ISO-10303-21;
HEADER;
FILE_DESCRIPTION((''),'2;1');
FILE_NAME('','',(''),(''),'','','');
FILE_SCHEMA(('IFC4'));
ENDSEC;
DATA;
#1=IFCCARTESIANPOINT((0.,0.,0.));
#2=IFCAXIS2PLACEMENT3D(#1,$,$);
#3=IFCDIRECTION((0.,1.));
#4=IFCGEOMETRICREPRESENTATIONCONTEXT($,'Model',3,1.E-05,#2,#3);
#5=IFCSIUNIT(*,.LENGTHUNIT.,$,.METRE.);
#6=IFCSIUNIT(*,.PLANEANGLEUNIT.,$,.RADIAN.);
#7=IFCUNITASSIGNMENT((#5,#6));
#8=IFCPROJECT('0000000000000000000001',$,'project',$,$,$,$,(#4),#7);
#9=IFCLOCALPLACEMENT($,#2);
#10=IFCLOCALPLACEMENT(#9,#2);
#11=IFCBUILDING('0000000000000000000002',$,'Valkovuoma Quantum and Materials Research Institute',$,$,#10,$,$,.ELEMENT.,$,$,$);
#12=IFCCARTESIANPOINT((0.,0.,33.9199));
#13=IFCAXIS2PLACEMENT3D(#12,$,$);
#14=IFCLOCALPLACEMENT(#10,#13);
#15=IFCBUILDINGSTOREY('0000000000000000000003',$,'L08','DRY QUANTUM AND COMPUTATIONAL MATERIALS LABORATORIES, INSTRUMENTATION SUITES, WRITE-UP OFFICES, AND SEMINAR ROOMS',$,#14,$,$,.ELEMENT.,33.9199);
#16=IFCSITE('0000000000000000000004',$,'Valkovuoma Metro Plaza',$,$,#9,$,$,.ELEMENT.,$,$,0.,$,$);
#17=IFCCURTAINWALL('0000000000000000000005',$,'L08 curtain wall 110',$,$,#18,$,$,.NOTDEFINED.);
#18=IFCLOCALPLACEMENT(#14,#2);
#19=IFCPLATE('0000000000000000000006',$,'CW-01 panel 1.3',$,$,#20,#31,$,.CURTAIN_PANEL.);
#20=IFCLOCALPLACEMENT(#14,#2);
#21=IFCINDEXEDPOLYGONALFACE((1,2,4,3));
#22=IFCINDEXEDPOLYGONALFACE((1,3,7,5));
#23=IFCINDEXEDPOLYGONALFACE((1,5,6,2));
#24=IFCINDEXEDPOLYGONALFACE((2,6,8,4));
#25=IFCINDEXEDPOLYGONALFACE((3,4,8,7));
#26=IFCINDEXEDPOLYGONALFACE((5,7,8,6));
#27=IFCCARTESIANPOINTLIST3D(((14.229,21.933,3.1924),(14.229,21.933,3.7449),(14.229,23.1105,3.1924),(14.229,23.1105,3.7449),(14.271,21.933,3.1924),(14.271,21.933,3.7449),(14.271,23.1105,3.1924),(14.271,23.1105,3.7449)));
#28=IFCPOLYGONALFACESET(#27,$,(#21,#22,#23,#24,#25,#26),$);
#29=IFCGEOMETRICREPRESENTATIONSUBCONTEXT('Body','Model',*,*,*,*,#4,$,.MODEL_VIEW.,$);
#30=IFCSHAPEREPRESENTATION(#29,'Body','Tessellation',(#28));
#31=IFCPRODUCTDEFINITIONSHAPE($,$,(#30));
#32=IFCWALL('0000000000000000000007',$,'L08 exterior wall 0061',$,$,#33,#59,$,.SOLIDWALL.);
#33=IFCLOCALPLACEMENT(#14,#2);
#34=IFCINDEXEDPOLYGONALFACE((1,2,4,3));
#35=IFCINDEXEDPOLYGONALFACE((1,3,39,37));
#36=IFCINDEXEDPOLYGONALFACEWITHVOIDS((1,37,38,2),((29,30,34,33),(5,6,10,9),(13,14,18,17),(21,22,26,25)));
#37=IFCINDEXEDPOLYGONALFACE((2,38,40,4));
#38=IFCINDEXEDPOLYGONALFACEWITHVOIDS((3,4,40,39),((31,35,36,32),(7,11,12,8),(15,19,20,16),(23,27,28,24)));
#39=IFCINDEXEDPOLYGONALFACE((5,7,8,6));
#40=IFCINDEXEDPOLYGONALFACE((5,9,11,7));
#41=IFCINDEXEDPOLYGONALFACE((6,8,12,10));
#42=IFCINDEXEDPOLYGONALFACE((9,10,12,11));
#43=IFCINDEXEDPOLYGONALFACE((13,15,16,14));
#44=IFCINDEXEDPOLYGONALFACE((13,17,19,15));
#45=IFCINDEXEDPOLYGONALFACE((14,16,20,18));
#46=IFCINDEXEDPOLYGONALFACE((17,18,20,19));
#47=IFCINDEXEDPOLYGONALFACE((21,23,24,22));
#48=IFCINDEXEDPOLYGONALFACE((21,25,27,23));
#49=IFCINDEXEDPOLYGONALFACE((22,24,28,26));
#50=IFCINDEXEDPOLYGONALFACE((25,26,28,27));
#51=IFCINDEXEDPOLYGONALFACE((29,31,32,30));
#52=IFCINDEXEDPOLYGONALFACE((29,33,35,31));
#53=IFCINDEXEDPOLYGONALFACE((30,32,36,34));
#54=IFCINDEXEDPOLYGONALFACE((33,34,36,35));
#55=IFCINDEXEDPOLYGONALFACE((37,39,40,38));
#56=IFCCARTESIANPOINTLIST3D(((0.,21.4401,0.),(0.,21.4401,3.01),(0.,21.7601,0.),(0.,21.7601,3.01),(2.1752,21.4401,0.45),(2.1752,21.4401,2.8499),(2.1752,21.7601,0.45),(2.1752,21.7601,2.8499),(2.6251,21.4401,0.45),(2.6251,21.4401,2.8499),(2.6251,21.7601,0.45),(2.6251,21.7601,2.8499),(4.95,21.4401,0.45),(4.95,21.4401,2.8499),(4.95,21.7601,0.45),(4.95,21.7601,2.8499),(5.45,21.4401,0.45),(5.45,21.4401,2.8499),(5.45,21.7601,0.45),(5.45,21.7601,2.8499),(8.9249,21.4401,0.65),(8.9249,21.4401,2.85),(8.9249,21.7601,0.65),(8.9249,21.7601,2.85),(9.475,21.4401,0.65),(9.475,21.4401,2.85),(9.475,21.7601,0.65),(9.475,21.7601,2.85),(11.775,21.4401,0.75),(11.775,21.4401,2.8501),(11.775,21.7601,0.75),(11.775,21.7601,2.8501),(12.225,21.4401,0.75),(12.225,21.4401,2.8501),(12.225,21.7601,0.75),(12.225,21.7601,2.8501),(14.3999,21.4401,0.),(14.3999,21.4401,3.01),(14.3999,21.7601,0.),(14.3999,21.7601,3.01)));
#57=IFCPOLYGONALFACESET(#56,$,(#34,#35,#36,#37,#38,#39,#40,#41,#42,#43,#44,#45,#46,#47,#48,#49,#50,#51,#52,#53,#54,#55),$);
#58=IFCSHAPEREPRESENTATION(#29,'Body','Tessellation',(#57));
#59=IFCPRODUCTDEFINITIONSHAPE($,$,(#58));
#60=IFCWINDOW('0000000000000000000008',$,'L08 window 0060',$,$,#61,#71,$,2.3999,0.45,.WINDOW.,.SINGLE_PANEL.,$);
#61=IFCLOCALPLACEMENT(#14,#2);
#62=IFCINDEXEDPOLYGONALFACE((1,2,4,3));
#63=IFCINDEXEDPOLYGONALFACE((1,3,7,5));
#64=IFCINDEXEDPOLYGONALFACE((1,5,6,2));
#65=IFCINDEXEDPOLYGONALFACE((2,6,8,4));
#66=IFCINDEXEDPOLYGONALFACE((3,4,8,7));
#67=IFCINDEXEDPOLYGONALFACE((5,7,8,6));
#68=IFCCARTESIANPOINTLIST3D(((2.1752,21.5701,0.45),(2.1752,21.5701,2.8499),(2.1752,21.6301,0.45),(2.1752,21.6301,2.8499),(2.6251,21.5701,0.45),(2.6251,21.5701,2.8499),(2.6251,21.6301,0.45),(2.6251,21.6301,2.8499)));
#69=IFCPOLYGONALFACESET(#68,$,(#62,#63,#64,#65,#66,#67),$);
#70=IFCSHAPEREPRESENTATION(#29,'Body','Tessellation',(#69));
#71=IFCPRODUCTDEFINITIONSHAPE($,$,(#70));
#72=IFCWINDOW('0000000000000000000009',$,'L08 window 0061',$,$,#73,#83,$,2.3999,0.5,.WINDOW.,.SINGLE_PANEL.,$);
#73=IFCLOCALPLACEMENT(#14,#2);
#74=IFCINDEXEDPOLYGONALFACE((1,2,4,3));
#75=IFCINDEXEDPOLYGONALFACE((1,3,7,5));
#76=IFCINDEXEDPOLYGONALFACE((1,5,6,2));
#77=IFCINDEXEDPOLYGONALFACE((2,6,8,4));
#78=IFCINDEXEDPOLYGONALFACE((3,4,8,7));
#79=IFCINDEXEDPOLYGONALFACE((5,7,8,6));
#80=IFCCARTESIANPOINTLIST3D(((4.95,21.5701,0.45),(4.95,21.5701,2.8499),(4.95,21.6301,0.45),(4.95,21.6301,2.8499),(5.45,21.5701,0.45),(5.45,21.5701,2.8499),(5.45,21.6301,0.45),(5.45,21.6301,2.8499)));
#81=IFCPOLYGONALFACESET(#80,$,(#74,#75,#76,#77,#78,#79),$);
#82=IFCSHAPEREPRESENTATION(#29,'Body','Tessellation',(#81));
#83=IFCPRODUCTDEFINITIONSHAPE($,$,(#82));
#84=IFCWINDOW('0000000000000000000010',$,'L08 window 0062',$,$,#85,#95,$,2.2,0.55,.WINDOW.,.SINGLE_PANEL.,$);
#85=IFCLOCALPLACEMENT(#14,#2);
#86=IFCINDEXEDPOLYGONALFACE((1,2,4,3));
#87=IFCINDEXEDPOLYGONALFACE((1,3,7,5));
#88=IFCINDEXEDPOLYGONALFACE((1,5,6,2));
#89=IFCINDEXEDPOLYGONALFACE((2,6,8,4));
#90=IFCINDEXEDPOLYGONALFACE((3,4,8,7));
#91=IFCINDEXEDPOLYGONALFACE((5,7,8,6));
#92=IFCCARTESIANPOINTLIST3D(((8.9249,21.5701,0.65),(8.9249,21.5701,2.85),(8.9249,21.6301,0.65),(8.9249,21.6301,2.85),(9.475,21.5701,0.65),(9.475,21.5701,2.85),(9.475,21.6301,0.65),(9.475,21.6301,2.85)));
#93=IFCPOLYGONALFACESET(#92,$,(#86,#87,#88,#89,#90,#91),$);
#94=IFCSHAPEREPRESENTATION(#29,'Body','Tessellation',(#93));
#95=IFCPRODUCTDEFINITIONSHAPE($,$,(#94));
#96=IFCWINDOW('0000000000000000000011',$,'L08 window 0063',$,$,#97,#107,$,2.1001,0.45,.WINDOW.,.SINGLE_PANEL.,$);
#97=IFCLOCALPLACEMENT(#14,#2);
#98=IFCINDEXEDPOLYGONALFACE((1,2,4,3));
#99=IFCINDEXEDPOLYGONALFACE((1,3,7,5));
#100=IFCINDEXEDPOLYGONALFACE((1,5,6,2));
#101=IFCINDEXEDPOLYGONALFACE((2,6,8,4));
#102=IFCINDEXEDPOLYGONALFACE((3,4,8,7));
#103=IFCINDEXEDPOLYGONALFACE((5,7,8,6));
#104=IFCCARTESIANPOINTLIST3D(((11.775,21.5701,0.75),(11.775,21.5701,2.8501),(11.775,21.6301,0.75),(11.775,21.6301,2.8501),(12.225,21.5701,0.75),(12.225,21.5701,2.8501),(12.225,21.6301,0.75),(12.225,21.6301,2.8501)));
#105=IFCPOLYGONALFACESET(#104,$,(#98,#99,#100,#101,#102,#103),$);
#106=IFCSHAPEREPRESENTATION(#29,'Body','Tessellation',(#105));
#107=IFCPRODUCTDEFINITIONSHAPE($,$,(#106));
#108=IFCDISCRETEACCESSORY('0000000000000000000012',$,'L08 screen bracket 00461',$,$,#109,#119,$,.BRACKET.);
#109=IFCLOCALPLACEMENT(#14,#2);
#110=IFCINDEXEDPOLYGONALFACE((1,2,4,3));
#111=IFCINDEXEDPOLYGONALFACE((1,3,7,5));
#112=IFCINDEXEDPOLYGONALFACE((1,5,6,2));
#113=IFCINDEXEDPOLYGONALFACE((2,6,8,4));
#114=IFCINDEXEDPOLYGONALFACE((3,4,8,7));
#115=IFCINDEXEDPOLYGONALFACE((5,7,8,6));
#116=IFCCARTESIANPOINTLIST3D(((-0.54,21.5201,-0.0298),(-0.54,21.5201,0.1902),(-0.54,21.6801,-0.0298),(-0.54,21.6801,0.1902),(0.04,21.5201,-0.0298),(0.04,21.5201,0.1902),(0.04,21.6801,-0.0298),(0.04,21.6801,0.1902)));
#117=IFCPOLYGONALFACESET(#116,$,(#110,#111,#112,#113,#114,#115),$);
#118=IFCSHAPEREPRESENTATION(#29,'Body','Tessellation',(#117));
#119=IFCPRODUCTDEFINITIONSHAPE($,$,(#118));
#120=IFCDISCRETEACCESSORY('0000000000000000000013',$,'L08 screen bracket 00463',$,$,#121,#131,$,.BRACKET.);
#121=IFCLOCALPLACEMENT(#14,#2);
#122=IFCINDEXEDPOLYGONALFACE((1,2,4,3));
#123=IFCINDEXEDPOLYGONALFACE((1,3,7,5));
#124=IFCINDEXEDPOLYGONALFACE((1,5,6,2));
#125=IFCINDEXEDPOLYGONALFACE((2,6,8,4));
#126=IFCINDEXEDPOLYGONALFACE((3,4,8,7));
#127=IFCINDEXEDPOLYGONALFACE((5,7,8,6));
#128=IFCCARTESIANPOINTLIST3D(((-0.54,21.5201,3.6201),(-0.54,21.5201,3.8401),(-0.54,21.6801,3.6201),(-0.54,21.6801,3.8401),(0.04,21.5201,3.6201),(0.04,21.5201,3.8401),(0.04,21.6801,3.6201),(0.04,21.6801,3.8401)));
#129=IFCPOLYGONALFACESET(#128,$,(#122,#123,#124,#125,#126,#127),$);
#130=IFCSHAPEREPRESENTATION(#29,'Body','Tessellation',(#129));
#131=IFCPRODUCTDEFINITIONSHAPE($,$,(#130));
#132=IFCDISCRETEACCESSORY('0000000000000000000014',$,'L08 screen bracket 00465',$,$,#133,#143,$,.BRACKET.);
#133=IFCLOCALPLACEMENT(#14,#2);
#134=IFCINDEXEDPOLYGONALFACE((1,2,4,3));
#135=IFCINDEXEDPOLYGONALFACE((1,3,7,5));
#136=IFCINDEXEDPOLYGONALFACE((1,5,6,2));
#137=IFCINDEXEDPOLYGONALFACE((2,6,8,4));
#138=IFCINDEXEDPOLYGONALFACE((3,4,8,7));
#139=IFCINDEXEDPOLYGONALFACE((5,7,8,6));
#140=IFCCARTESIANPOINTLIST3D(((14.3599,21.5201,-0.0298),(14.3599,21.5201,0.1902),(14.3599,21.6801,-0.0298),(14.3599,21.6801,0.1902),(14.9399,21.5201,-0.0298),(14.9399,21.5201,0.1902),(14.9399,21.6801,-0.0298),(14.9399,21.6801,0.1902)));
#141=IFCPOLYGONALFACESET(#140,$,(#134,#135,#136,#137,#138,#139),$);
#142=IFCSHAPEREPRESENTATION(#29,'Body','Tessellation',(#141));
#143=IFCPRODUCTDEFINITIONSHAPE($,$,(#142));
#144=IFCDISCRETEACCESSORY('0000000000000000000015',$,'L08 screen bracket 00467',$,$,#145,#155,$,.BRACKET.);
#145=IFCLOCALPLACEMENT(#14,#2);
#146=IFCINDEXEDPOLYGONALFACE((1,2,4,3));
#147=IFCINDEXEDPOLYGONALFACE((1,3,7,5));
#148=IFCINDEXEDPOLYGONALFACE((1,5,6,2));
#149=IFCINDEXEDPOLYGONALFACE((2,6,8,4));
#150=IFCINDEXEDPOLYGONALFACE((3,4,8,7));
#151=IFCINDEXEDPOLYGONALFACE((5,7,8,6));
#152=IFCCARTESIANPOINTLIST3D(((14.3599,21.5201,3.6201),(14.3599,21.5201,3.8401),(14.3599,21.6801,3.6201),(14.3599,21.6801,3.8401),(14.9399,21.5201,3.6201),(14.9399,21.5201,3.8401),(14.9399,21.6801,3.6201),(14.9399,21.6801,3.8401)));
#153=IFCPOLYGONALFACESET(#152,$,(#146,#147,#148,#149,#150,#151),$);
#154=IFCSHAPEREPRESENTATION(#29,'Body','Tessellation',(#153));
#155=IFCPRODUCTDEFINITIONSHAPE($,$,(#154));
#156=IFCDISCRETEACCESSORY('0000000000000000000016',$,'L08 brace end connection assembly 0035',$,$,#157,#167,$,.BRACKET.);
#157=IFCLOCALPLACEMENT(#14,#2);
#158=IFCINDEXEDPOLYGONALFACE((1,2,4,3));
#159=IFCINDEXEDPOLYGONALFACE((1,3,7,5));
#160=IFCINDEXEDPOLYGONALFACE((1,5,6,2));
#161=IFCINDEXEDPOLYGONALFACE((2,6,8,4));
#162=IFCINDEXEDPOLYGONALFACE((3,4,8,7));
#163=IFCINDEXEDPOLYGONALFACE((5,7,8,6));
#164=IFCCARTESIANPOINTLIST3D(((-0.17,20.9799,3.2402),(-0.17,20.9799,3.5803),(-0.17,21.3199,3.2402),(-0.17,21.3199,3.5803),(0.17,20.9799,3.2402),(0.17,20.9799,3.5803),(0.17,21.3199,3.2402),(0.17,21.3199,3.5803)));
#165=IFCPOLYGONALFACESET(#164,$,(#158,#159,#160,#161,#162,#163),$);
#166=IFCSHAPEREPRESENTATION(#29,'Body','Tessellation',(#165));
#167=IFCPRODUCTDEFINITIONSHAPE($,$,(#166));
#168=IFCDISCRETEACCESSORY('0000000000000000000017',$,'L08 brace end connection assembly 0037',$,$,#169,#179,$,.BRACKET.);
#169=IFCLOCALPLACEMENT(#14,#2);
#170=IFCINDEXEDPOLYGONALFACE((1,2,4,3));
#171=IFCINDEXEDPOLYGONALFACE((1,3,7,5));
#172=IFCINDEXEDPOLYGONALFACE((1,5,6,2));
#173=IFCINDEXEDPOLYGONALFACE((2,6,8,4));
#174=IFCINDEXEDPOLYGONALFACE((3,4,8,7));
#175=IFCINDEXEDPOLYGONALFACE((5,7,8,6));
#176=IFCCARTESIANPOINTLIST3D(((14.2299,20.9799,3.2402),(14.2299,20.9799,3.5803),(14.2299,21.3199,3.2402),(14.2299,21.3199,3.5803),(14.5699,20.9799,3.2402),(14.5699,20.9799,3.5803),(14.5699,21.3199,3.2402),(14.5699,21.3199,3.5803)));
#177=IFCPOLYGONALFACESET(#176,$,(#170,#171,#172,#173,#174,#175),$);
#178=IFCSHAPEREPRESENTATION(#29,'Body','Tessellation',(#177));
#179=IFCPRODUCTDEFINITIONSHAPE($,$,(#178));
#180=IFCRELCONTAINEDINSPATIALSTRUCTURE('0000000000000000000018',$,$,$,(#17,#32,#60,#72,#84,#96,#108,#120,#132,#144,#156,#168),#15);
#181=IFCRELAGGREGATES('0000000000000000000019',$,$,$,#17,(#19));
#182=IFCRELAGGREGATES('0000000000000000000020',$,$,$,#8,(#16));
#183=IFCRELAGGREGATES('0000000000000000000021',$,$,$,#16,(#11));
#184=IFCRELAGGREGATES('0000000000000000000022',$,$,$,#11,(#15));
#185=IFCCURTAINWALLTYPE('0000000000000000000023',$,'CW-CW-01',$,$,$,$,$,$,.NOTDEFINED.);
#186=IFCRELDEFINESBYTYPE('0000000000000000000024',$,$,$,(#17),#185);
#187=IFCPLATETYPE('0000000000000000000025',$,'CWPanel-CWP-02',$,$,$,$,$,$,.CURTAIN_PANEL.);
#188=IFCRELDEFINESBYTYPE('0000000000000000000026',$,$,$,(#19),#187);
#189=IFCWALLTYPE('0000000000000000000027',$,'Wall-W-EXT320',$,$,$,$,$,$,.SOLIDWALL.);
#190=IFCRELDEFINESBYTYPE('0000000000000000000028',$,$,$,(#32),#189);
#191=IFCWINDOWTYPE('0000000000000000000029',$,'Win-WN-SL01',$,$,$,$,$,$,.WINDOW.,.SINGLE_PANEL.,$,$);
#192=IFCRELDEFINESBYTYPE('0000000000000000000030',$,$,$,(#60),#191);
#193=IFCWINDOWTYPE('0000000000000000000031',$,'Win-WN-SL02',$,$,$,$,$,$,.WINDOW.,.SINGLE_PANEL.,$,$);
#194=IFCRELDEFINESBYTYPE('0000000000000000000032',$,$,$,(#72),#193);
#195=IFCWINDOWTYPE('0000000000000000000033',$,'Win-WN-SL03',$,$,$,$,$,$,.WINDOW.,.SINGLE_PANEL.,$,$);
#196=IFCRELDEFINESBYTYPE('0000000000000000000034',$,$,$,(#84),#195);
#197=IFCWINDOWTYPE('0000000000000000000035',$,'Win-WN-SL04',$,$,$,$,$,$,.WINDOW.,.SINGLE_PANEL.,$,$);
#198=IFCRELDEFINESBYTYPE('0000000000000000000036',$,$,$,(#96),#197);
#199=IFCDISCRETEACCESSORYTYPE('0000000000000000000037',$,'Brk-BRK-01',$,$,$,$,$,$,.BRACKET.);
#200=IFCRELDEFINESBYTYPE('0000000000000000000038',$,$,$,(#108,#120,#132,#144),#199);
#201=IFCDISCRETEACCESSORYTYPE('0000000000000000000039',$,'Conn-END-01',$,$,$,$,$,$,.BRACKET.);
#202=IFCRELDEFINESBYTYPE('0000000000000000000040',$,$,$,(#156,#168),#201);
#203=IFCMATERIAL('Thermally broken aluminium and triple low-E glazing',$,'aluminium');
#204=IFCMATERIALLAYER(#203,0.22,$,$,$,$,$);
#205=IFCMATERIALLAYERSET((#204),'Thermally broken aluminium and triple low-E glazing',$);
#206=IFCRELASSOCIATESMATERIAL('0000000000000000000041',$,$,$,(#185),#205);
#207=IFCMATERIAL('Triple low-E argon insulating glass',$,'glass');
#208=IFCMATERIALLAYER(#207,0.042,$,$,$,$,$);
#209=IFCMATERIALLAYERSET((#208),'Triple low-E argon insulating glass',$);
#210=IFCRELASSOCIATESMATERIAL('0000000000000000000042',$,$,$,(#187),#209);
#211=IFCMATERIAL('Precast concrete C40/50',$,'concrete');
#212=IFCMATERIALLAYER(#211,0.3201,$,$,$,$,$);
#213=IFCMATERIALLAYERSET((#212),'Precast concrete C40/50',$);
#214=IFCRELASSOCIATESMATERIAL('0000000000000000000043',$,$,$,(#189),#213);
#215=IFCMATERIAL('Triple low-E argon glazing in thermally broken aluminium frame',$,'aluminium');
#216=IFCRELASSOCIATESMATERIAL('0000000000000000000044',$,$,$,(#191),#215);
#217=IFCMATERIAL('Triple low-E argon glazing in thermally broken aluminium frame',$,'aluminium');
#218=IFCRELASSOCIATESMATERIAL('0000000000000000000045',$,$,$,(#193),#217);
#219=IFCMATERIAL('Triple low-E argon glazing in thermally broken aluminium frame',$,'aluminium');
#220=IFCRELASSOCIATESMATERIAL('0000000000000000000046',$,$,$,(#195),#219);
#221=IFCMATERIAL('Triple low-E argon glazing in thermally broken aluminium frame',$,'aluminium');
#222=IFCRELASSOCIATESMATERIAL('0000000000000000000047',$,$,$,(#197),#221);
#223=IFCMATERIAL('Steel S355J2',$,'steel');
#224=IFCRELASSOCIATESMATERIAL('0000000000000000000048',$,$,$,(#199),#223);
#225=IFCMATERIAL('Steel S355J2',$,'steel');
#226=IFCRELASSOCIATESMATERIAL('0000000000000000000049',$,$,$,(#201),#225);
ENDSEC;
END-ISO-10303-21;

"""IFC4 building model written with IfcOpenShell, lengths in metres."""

from ifc_helpers import new_model, si_unit, direction, frame, frame_2d, origin, origin_2d, place, context, subcontext, project, spatial, rectangle, extrude, material, layer, layer_set, type_object, element, fill, aggregate, save


model = new_model("IFC4")

# Units and contexts
model_context = context("Model", 3, precision=1e-05, world=origin(), true_north=direction((0.0, 1.0)))
body_context = subcontext(model_context, "Body", "Model", "MODEL_VIEW")
ifc_project = project(units=[si_unit("LENGTHUNIT", "METRE"), si_unit("PLANEANGLEUNIT", "RADIAN")], contexts=[model_context])

# Site, building, storey
site_placement = place(None, origin())
site = spatial("IfcSite", under=ifc_project, at=site_placement, Name="Valkovuoma Metro Plaza", CompositionType="ELEMENT", RefElevation=0.0)
building_placement = place(site_placement, origin())
building = spatial("IfcBuilding", under=site, at=building_placement, Name="Valkovuoma Quantum and Materials Research Institute", CompositionType="ELEMENT")
storey_placement = place(building_placement, frame((0.0, 0.0, 33.9199)))
storey = spatial("IfcBuildingStorey", under=building, at=storey_placement, Name="L08", Description="DRY QUANTUM AND COMPUTATIONAL MATERIALS LABORATORIES, INSTRUMENTATION SUITES, WRITE-UP OFFICES, AND SEMINAR ROOMS", CompositionType="ELEMENT", Elevation=33.9199)

# Curtain wall
ifc_material_1 = material(Name="Thermally broken aluminium and triple low-E glazing", Category="aluminium")
ifc_layer_1 = layer(ifc_material_1, 0.22)
ifc_layer_set_1 = layer_set([ifc_layer_1], Name="Thermally broken aluminium and triple low-E glazing")
curtain_wall_type = type_object("IfcCurtainWallType", Name="CW-CW-01", PredefinedType="NOTDEFINED", material=ifc_layer_set_1)
curtain_wall_1_placement = place(storey_placement, origin())
curtain_wall_1 = element("IfcCurtainWall", 1, at=curtain_wall_1_placement, inside=storey, type_object=curtain_wall_type, Name="L08 curtain wall 110", PredefinedType="NOTDEFINED")

# Plate
ifc_material_2 = material(Name="Triple low-E argon insulating glass", Category="glass")
ifc_layer_2 = layer(ifc_material_2, 0.042)
ifc_layer_set_2 = layer_set([ifc_layer_2], Name="Triple low-E argon insulating glass")
plate_type_1 = type_object("IfcPlateType", Name="CWPanel-CWP-02", PredefinedType="CURTAIN_PANEL", material=ifc_layer_set_2)
plate_1_placement = place(storey_placement, frame((14.25, 22.5217, 3.1924), z_axis=(0.0, 0.0, 1.0), x_axis=(0.0, 1.0, 0.0)))
plate_1 = element("IfcPlate", 2, at=plate_1_placement, type_object=plate_type_1, Name="CW-01 panel 1.3", PredefinedType="CURTAIN_PANEL", context=body_context, shape_type="SweptSolid", body=[
    extrude(rectangle(XDim=1.1775, YDim=0.042, at=origin_2d()), origin(), (0.0, 0.0, 1.0), 0.5525),
])
aggregate(curtain_wall_1, [plate_1])

# Wall, openings, windows
ifc_material_3 = material(Name="Precast concrete C40/50", Category="concrete")
ifc_layer_3 = layer(ifc_material_3, 0.3201)
ifc_layer_set_3 = layer_set([ifc_layer_3], Name="Precast concrete C40/50")
wall_type = type_object("IfcWallType", Name="Wall-W-EXT320", PredefinedType="SOLIDWALL", material=ifc_layer_set_3)
wall_placement = place(storey_placement, frame((0.0, 21.6001, 0.0), z_axis=(0.0, 0.0, 1.0), x_axis=(1.0, 0.0, 0.0)))
wall = element("IfcWall", 3, at=wall_placement, inside=storey, type_object=wall_type, Name="L08 exterior wall 0061", PredefinedType="SOLIDWALL", context=body_context, shape_type="SweptSolid", body=[
    extrude(rectangle(XDim=14.3999, YDim=0.3201, at=frame_2d((7.2, 0.0))), origin(), (0.0, 0.0, 1.0), 3.01),
])
opening_1_placement = place(wall_placement, frame((2.175, 0.0, 0.45)))
opening_1 = element("IfcOpeningElement", 4, at=opening_1_placement, cuts=wall, PredefinedType="OPENING", context=body_context, shape_type="SweptSolid", body=[
    extrude(rectangle(XDim=0.45, YDim=2.3999, at=frame_2d((0.2251, 1.2))), frame((0.0, 0.1699, 0.0), z_axis=(0.0, -1.0, 0.0), x_axis=(1.0, 0.0, 0.0)), (0.0, 0.0, 1.0), 0.3401),
])
opening_2_placement = place(wall_placement, frame((4.95, 0.0, 0.45)))
opening_2 = element("IfcOpeningElement", 5, at=opening_2_placement, cuts=wall, PredefinedType="OPENING", context=body_context, shape_type="SweptSolid", body=[
    extrude(rectangle(XDim=0.5, YDim=2.3999, at=frame_2d((0.25, 1.2))), frame((0.0, 0.1699, 0.0), z_axis=(0.0, -1.0, 0.0), x_axis=(1.0, 0.0, 0.0)), (0.0, 0.0, 1.0), 0.3401),
])
opening_3_placement = place(wall_placement, frame((8.925, 0.0, 0.6499)))
opening_3 = element("IfcOpeningElement", 6, at=opening_3_placement, cuts=wall, PredefinedType="OPENING", context=body_context, shape_type="SweptSolid", body=[
    extrude(rectangle(XDim=0.55, YDim=2.2, at=frame_2d((0.2749, 1.1001))), frame((0.0, 0.1699, 0.0), z_axis=(0.0, -1.0, 0.0), x_axis=(1.0, 0.0, 0.0)), (0.0, 0.0, 1.0), 0.3401),
])
opening_4_placement = place(wall_placement, frame((11.7749, 0.0, 0.75)))
opening_4 = element("IfcOpeningElement", 7, at=opening_4_placement, cuts=wall, PredefinedType="OPENING", context=body_context, shape_type="SweptSolid", body=[
    extrude(rectangle(XDim=0.45, YDim=2.1001, at=frame_2d((0.2251, 1.05))), frame((0.0, 0.1699, 0.0), z_axis=(0.0, -1.0, 0.0), x_axis=(1.0, 0.0, 0.0)), (0.0, 0.0, 1.0), 0.3401),
])
ifc_material_4 = material(Name="Triple low-E argon glazing in thermally broken aluminium frame", Category="aluminium")
window_type_1 = type_object("IfcWindowType", Name="Win-WN-SL01", PartitioningType="SINGLE_PANEL", PredefinedType="WINDOW", material=ifc_material_4)
window_1_placement = place(opening_1_placement, origin())
window_1 = element("IfcWindow", 8, at=window_1_placement, inside=storey, type_object=window_type_1, Name="L08 window 0060", OverallHeight=2.3999, OverallWidth=0.45, PartitioningType="SINGLE_PANEL", PredefinedType="WINDOW", context=body_context, shape_type="SweptSolid", body=[
    extrude(rectangle(XDim=0.45, YDim=2.3999, at=frame_2d((0.2251, 1.2))), frame((0.0, 0.03, 0.0), z_axis=(0.0, -1.0, 0.0), x_axis=(1.0, 0.0, 0.0)), (0.0, 0.0, 1.0), 0.0601),
])
fill(opening_1, window_1)
ifc_material_5 = material(Name="Triple low-E argon glazing in thermally broken aluminium frame", Category="aluminium")
window_type_2 = type_object("IfcWindowType", Name="Win-WN-SL02", PartitioningType="SINGLE_PANEL", PredefinedType="WINDOW", material=ifc_material_5)
window_2_placement = place(opening_2_placement, origin())
window_2 = element("IfcWindow", 9, at=window_2_placement, inside=storey, type_object=window_type_2, Name="L08 window 0061", OverallHeight=2.3999, OverallWidth=0.5, PartitioningType="SINGLE_PANEL", PredefinedType="WINDOW", context=body_context, shape_type="SweptSolid", body=[
    extrude(rectangle(XDim=0.5, YDim=2.3999, at=frame_2d((0.25, 1.2))), frame((0.0, 0.03, 0.0), z_axis=(0.0, -1.0, 0.0), x_axis=(1.0, 0.0, 0.0)), (0.0, 0.0, 1.0), 0.0601),
])
fill(opening_2, window_2)
ifc_material_6 = material(Name="Triple low-E argon glazing in thermally broken aluminium frame", Category="aluminium")
window_type_3 = type_object("IfcWindowType", Name="Win-WN-SL03", PartitioningType="SINGLE_PANEL", PredefinedType="WINDOW", material=ifc_material_6)
window_3_placement = place(opening_3_placement, origin())
window_3 = element("IfcWindow", 10, at=window_3_placement, inside=storey, type_object=window_type_3, Name="L08 window 0062", OverallHeight=2.2, OverallWidth=0.55, PartitioningType="SINGLE_PANEL", PredefinedType="WINDOW", context=body_context, shape_type="SweptSolid", body=[
    extrude(rectangle(XDim=0.55, YDim=2.2, at=frame_2d((0.2749, 1.1001))), frame((0.0, 0.03, 0.0), z_axis=(0.0, -1.0, 0.0), x_axis=(1.0, 0.0, 0.0)), (0.0, 0.0, 1.0), 0.0601),
])
fill(opening_3, window_3)
ifc_material_7 = material(Name="Triple low-E argon glazing in thermally broken aluminium frame", Category="aluminium")
window_type_4 = type_object("IfcWindowType", Name="Win-WN-SL04", PartitioningType="SINGLE_PANEL", PredefinedType="WINDOW", material=ifc_material_7)
window_4_placement = place(opening_4_placement, origin())
window_4 = element("IfcWindow", 11, at=window_4_placement, inside=storey, type_object=window_type_4, Name="L08 window 0063", OverallHeight=2.1001, OverallWidth=0.45, PartitioningType="SINGLE_PANEL", PredefinedType="WINDOW", context=body_context, shape_type="SweptSolid", body=[
    extrude(rectangle(XDim=0.45, YDim=2.1001, at=frame_2d((0.2251, 1.05))), frame((0.0, 0.03, 0.0), z_axis=(0.0, -1.0, 0.0), x_axis=(1.0, 0.0, 0.0)), (0.0, 0.0, 1.0), 0.0601),
])
fill(opening_4, window_4)

# Discrete accessories
ifc_material_8 = material(Name="Steel S355J2", Category="steel")
discrete_accessory_type_1 = type_object("IfcDiscreteAccessoryType", Name="Brk-BRK-01", PredefinedType="BRACKET", material=ifc_material_8)
for number, where, z_axis, x_axis, name in (
    (12, (-0.25, 21.6001, -0.0298), (0.0, 0.0, 1.0), (1.0, 0.0, 0.0), "L08 screen bracket 00461"),
    (13, (-0.25, 21.6001, 3.6201), (0.0, 0.0, 1.0), (1.0, 0.0, 0.0), "L08 screen bracket 00463"),
    (14, (14.6499, 21.6001, -0.0298), (0.0, 0.0, 1.0), (1.0, 0.0, 0.0), "L08 screen bracket 00465"),
    (15, (14.6499, 21.6001, 3.6201), (0.0, 0.0, 1.0), (1.0, 0.0, 0.0), "L08 screen bracket 00467"),
):
    element("IfcDiscreteAccessory", number, at=place(storey_placement, frame(where, z_axis=z_axis, x_axis=x_axis)), inside=storey, type_object=discrete_accessory_type_1, Name=name, PredefinedType="BRACKET", context=body_context, shape_type="SweptSolid", body=[
        extrude(rectangle(XDim=0.5801, YDim=0.1599, at=origin_2d()), origin(), (0.0, 0.0, 1.0), 0.22),
    ])
ifc_material_9 = material(Name="Steel S355J2", Category="steel")
discrete_accessory_type_2 = type_object("IfcDiscreteAccessoryType", Name="Conn-END-01", PredefinedType="BRACKET", material=ifc_material_9)
for number, where, z_axis, x_axis, name in (
    (16, (0.0, 21.1499, 3.2402), (0.0, 0.0, 1.0), (1.0, 0.0, 0.0), "L08 brace end connection assembly 0035"),
    (17, (14.3999, 21.1499, 3.2402), (0.0, 0.0, 1.0), (1.0, 0.0, 0.0), "L08 brace end connection assembly 0037"),
):
    element("IfcDiscreteAccessory", number, at=place(storey_placement, frame(where, z_axis=z_axis, x_axis=x_axis)), inside=storey, type_object=discrete_accessory_type_2, Name=name, PredefinedType="BRACKET", context=body_context, shape_type="SweptSolid", body=[
        extrude(rectangle(XDim=0.3401, YDim=0.3401, at=origin_2d()), origin(), (0.0, 0.0, 1.0), 0.3401),
    ])

save(model, "model.ifc")
